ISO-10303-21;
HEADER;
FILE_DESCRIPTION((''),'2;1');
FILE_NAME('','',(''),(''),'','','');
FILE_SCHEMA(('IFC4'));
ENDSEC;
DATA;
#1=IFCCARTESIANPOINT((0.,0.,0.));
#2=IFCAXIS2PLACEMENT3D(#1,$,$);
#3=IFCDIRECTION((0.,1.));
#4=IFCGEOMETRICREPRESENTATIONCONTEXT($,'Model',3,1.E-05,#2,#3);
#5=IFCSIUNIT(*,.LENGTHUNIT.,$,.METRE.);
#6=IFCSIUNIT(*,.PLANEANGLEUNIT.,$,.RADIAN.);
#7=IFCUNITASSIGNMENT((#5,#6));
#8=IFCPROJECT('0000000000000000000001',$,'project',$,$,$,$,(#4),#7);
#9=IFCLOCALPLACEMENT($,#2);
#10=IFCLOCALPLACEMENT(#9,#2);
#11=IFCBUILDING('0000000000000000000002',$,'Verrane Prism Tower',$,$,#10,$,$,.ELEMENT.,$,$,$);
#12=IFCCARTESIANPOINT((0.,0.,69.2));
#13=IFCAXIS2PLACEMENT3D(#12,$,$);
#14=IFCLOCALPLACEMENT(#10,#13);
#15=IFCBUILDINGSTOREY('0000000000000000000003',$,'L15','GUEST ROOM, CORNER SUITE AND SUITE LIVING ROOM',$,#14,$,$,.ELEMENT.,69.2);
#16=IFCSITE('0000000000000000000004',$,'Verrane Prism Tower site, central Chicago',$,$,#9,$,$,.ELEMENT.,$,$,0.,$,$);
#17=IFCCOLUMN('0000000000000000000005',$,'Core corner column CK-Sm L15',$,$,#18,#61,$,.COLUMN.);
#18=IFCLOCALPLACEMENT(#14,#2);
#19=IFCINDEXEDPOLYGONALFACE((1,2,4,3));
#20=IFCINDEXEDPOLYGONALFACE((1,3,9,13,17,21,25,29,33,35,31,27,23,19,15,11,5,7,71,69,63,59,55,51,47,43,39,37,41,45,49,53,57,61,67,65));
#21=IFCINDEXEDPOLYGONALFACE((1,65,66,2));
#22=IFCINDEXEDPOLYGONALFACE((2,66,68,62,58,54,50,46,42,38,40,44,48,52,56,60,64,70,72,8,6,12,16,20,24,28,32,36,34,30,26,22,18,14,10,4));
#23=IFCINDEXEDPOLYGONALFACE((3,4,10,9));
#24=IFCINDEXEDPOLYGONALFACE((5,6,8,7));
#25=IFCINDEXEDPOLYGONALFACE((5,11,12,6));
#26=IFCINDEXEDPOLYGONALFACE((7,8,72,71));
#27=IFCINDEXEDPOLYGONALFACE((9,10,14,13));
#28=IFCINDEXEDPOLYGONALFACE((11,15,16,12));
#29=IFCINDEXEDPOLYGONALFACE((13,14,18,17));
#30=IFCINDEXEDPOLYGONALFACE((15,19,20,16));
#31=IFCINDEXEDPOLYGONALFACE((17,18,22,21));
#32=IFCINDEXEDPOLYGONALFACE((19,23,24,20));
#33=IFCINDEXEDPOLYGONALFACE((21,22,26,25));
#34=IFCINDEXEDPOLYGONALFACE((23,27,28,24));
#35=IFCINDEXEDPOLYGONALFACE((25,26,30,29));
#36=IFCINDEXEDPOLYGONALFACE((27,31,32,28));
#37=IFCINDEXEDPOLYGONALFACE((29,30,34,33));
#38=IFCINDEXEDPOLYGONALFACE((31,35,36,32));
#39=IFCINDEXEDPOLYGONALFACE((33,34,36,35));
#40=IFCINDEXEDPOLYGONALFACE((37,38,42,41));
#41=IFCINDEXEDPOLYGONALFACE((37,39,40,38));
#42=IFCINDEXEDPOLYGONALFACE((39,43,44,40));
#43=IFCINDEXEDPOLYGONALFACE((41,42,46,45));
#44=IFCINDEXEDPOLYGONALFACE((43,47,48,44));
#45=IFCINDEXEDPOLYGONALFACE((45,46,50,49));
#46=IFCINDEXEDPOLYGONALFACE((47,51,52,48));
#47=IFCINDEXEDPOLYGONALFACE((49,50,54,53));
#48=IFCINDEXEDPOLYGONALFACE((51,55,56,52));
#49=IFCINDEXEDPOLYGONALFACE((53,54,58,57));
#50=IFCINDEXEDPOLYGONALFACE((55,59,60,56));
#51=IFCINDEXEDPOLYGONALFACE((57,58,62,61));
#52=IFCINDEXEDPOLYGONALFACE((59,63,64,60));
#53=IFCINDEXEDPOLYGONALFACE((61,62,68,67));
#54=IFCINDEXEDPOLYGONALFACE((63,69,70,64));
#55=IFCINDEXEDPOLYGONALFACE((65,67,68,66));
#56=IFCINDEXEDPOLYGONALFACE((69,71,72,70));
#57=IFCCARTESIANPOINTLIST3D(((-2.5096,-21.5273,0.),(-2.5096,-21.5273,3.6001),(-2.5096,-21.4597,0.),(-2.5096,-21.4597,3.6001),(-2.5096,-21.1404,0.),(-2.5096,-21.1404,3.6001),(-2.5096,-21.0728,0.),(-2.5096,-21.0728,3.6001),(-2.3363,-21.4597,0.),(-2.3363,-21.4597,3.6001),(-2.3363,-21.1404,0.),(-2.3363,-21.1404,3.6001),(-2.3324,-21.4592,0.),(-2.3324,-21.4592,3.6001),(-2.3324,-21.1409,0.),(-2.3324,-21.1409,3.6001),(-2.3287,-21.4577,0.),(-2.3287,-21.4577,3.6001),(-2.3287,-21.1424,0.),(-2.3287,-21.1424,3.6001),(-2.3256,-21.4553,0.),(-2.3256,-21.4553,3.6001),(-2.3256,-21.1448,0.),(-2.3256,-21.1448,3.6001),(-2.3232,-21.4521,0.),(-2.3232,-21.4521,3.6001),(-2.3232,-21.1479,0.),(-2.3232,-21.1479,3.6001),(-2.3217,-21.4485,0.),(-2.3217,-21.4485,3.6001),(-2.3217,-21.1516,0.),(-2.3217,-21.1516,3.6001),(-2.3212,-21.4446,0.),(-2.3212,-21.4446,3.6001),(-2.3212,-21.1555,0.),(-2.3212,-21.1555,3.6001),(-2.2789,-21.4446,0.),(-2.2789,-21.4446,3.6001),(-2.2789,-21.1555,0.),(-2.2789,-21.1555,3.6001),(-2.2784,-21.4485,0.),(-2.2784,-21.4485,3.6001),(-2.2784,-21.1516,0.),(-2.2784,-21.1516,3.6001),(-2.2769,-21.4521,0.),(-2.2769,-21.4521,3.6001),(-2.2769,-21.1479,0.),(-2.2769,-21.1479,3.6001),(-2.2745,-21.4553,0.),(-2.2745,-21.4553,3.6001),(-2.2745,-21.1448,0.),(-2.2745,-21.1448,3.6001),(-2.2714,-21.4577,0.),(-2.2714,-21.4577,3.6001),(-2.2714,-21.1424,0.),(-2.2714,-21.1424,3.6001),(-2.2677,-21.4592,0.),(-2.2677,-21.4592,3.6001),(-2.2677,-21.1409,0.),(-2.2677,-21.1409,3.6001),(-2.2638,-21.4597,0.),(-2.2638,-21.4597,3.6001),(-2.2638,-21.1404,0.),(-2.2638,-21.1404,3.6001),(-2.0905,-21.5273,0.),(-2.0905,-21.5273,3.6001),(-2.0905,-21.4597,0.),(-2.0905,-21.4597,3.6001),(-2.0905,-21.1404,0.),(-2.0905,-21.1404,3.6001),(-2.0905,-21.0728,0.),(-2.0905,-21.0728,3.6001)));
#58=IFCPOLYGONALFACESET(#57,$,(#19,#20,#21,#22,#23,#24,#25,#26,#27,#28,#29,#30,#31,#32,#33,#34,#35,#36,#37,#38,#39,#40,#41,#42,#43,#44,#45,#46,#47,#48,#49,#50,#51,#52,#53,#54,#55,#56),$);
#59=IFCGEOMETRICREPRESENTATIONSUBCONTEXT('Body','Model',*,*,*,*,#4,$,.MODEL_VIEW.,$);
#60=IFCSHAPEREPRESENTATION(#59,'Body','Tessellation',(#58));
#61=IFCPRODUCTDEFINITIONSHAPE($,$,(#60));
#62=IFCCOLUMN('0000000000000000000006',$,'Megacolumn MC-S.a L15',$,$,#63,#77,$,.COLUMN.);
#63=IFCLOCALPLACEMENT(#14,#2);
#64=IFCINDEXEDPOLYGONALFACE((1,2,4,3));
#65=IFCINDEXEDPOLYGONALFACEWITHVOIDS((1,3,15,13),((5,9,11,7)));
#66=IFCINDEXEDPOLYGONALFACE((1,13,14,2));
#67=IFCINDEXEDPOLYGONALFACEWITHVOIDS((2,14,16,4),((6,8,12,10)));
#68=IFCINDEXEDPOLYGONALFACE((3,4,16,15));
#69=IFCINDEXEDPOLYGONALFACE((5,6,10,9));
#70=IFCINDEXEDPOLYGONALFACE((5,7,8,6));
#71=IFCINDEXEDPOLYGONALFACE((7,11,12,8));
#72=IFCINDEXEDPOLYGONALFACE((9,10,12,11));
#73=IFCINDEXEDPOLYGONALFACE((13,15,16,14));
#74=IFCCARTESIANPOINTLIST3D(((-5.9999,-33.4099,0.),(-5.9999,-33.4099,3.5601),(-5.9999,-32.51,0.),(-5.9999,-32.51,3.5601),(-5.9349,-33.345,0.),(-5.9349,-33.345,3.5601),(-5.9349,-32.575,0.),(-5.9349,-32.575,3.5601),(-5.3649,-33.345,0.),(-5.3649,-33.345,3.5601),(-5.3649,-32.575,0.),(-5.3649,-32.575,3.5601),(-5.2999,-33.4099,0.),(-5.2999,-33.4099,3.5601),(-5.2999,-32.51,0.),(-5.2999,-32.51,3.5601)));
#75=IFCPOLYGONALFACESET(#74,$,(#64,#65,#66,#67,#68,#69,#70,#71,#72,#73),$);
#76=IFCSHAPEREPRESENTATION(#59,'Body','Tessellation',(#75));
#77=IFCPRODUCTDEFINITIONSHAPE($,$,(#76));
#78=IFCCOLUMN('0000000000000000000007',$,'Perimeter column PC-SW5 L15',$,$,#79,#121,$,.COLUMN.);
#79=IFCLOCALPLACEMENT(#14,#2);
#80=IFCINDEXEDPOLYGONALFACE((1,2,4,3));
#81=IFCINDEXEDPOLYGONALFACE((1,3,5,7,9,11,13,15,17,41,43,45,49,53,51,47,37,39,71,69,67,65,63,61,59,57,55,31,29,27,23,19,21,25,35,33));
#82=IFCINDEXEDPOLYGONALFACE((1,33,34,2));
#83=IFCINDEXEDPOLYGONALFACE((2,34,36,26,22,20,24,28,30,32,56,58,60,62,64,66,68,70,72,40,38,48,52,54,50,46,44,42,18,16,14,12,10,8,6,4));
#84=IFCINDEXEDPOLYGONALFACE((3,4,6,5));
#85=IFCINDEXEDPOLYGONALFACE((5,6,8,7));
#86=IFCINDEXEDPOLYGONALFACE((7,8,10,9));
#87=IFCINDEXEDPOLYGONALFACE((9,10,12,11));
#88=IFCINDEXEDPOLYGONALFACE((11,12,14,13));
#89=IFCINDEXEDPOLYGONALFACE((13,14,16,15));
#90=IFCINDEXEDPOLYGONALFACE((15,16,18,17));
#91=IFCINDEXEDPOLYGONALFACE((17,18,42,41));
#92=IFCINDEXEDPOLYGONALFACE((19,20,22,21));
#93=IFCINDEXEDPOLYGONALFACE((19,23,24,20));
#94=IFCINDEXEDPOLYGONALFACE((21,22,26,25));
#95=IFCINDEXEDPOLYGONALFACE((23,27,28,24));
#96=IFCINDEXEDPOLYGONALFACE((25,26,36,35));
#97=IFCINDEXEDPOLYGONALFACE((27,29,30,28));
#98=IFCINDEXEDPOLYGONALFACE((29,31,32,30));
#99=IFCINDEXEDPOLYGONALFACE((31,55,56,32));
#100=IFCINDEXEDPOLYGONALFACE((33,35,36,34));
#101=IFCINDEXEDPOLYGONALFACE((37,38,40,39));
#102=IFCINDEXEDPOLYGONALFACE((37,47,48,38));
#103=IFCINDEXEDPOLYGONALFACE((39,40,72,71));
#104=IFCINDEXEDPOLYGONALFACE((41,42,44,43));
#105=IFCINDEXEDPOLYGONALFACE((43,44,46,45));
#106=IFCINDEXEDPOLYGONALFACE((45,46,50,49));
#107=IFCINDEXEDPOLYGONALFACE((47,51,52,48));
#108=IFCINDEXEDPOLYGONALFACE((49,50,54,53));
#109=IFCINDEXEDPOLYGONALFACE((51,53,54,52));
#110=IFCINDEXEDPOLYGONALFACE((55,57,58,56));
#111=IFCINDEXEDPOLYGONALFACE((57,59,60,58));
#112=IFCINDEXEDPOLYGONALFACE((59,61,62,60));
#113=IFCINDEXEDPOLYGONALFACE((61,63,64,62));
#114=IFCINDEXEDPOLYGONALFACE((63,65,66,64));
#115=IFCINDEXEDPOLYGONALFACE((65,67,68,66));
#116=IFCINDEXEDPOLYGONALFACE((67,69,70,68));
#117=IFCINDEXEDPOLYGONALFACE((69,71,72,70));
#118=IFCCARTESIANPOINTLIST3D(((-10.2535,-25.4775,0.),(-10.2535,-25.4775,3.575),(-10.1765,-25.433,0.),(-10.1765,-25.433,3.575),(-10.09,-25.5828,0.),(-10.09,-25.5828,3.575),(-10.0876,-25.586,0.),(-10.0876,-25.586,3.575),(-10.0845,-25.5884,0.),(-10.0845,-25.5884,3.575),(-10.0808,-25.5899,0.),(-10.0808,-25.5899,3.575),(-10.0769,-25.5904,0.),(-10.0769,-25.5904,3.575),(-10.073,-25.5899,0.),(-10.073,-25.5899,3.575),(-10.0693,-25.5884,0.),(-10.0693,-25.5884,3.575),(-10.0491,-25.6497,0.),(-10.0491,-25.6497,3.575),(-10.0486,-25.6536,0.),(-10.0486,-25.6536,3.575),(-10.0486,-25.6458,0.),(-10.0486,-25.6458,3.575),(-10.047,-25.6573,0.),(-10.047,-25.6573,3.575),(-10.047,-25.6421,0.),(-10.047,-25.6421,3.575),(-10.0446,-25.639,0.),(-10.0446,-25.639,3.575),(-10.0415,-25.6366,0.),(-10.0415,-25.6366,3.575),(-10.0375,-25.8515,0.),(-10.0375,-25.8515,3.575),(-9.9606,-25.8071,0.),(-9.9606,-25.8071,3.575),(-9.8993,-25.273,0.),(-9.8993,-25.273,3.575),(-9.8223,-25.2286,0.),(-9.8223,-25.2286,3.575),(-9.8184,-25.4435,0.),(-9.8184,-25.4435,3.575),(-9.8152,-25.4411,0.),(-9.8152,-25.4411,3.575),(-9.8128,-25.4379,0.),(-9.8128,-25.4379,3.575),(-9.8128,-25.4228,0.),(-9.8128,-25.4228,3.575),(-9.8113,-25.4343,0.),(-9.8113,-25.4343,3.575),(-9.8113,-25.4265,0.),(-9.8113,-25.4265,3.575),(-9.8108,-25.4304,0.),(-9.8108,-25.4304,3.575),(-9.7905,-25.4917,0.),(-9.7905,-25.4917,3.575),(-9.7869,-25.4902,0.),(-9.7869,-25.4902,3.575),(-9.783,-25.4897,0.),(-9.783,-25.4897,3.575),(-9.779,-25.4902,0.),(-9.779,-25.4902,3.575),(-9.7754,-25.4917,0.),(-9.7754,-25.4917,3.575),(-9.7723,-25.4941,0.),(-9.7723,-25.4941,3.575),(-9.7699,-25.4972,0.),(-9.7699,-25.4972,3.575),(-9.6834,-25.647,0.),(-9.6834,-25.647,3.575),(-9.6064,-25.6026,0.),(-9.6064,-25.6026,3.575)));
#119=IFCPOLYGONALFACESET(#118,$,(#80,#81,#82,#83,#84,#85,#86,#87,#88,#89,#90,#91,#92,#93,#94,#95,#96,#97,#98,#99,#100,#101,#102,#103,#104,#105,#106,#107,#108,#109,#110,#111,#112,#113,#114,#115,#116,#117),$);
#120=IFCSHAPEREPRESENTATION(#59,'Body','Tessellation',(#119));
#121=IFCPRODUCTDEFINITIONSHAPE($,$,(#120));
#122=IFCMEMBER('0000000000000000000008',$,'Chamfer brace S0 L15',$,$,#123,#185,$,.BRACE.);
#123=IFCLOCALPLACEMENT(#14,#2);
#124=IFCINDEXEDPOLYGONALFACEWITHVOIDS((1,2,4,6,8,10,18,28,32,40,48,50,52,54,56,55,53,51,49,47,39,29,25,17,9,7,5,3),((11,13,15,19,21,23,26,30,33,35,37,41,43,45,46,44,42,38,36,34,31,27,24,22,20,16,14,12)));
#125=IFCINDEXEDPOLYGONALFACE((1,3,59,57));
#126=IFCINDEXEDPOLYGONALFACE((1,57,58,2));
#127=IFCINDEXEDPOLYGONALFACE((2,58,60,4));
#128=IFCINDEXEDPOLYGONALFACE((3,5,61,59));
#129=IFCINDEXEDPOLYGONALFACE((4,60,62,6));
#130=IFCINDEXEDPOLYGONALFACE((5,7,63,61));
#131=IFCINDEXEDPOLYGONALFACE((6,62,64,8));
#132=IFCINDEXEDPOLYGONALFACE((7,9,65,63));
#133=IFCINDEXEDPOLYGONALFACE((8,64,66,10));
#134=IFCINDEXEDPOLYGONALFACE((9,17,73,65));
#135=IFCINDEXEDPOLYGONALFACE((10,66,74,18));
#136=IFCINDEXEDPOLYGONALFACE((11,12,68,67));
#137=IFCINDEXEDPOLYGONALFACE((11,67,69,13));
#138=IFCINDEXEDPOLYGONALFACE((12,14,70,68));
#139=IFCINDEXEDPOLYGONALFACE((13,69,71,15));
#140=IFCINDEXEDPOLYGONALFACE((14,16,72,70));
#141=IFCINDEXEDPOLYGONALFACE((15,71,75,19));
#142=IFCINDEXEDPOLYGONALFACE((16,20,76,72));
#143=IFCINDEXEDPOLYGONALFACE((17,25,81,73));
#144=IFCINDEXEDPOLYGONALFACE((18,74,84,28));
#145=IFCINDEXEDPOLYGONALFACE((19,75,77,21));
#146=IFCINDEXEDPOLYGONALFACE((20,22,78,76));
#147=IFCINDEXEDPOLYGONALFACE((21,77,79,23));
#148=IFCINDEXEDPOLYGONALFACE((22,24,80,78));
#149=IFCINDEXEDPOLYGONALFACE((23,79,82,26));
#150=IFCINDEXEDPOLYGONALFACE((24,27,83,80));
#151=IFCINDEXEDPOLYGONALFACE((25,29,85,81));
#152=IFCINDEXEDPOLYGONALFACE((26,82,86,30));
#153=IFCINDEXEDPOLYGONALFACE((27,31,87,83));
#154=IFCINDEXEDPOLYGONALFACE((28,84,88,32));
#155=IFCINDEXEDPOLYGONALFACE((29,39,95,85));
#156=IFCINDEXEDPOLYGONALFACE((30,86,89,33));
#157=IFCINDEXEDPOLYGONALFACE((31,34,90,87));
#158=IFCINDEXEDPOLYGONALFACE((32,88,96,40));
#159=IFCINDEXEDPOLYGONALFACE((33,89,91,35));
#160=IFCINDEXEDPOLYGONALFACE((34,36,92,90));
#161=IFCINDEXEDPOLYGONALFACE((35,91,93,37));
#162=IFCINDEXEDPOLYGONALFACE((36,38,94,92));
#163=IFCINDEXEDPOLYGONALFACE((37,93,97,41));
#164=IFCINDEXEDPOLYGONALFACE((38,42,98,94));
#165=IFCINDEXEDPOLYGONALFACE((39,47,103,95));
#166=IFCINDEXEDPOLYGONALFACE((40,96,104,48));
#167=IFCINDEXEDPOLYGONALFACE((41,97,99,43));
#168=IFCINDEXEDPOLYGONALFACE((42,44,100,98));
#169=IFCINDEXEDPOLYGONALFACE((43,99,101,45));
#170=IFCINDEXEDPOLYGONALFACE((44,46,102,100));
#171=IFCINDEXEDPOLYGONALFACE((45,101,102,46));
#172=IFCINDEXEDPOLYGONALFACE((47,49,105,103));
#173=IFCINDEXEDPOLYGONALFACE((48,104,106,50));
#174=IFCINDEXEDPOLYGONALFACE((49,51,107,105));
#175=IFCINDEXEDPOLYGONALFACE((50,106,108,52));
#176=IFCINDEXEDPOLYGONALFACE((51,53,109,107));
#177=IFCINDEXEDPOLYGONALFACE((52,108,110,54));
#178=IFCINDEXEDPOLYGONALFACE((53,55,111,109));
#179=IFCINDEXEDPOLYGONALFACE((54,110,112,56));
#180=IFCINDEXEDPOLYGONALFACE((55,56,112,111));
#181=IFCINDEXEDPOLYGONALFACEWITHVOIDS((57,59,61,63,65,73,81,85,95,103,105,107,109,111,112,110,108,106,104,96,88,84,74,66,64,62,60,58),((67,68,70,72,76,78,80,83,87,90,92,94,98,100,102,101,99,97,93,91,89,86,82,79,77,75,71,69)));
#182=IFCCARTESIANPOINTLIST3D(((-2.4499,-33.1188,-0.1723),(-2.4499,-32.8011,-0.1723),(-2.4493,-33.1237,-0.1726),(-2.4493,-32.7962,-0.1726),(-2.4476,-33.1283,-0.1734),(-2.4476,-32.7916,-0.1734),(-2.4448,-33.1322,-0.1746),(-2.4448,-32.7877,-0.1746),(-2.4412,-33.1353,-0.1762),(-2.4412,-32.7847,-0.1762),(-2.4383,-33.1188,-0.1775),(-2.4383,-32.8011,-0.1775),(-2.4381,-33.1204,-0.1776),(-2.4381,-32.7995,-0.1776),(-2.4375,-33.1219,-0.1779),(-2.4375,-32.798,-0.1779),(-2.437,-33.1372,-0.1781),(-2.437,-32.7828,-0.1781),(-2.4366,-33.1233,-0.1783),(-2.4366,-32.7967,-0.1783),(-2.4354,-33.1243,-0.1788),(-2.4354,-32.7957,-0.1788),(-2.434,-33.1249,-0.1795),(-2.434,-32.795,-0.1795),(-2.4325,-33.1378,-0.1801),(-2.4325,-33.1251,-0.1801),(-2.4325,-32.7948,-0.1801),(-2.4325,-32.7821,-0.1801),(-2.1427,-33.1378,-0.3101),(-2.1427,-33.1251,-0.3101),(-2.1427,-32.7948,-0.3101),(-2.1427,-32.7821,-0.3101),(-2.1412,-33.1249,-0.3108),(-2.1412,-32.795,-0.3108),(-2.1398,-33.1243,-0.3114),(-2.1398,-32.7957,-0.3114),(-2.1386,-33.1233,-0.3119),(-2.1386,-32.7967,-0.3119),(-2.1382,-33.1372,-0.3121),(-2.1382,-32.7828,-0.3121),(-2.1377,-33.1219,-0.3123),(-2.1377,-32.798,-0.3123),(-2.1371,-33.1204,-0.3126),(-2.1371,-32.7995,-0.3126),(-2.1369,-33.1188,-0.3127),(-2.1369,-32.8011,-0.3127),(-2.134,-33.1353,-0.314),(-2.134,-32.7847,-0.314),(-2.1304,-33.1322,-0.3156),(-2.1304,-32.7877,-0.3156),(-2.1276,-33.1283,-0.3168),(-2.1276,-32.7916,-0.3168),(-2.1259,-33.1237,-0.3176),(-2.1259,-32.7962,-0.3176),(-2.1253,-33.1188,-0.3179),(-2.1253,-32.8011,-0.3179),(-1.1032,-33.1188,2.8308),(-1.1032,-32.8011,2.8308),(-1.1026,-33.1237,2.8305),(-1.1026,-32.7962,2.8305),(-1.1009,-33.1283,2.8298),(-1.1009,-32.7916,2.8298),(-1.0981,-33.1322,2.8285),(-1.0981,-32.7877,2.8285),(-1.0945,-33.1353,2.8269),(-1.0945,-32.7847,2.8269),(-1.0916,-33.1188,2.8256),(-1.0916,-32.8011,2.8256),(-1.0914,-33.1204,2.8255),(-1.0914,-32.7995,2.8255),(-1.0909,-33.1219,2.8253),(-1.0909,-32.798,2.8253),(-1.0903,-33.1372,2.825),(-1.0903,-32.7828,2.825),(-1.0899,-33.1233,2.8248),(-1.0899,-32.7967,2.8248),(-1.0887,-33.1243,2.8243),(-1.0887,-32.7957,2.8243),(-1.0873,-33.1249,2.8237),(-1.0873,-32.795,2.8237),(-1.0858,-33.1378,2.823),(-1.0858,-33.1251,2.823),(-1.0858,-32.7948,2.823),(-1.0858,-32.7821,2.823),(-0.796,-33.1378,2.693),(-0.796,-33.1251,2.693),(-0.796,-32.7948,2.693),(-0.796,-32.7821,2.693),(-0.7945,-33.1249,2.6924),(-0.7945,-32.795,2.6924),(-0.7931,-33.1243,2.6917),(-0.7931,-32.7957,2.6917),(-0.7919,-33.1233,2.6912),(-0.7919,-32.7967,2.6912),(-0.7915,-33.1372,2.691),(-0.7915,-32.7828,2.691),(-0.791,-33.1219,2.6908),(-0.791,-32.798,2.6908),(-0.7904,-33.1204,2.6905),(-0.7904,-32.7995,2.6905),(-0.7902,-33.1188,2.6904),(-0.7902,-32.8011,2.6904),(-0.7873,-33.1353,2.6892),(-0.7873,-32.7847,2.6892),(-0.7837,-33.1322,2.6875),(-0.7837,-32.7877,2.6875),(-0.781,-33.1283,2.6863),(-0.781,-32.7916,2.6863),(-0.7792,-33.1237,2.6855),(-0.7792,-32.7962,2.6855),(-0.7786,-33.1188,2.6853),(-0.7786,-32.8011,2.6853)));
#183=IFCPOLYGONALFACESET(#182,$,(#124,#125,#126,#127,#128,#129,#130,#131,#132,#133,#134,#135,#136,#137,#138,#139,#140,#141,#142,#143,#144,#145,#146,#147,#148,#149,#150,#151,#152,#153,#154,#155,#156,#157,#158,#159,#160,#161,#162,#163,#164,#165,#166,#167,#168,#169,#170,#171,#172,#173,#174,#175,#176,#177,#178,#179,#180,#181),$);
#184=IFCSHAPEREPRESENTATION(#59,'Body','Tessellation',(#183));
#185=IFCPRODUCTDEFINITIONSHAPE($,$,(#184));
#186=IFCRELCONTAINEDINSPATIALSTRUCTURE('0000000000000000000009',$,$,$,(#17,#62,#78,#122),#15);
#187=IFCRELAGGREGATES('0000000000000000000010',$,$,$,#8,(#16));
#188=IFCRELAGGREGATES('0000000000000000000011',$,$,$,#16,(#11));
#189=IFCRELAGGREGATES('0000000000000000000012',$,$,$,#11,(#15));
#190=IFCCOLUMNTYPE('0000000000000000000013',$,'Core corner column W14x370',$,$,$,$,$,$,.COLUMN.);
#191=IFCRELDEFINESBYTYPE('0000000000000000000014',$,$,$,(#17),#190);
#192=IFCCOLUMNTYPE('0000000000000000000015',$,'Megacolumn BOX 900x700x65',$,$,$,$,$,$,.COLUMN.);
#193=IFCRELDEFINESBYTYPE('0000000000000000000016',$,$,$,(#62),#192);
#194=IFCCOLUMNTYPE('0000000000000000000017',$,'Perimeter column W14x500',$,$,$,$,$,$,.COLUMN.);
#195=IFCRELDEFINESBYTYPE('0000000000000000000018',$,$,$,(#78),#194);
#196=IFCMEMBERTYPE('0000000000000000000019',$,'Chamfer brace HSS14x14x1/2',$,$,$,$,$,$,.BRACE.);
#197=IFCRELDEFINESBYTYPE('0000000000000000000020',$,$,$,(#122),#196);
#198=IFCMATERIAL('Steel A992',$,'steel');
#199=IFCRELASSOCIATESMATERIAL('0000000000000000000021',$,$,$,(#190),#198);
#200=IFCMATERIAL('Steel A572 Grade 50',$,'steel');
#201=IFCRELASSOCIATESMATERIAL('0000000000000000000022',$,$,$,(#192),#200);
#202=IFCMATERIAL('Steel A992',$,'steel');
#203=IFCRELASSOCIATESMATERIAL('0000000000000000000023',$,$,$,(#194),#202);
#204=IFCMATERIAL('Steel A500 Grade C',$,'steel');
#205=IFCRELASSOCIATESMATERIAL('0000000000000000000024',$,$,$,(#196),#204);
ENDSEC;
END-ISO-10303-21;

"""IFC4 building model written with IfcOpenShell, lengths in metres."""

from ifc_helpers import new_model, si_unit, direction, frame, origin, origin_2d, place, context, subcontext, project, spatial, hollow_rectangle, i_section, extrude, material, material_profile, profile_set, type_object, element, save


model = new_model("IFC4")

# Units and contexts
model_context = context("Model", 3, precision=1e-05, world=origin(), true_north=direction((0.0, 1.0)))
body_context = subcontext(model_context, "Body", "Model", "MODEL_VIEW")
ifc_project = project(units=[si_unit("LENGTHUNIT", "METRE"), si_unit("PLANEANGLEUNIT", "RADIAN")], contexts=[model_context])

# Site, building, storey
site_placement = place(None, origin())
site = spatial("IfcSite", under=ifc_project, at=site_placement, Name="Verrane Prism Tower site, central Chicago", CompositionType="ELEMENT", RefElevation=0.0)
building_placement = place(site_placement, origin())
building = spatial("IfcBuilding", under=site, at=building_placement, Name="Verrane Prism Tower", CompositionType="ELEMENT")
storey_placement = place(building_placement, frame((0.0, 0.0, 69.2)))
storey = spatial("IfcBuildingStorey", under=building, at=storey_placement, Name="L15", Description="GUEST ROOM, CORNER SUITE AND SUITE LIVING ROOM", CompositionType="ELEMENT", Elevation=69.2)

# Columns
ifc_material_1 = material(Name="Steel A992", Category="steel")
ifc_material_profile_1 = material_profile(ifc_material_1, i_section(OverallWidth=0.4192, OverallDepth=0.4546, WebThickness=0.0422, FlangeThickness=0.0676, FilletRadius=0.0151, at=origin_2d()), Name="W14x370")
ifc_profile_set_1 = profile_set([ifc_material_profile_1], Name="Steel A992")
column_type_1 = type_object("IfcColumnType", Name="Core corner column W14x370", PredefinedType="COLUMN", material=ifc_profile_set_1)
column_1_placement = place(storey_placement, frame((-2.3, -21.3, 0.0), z_axis=(0.0, 0.0, 1.0), x_axis=(-1.0, 0.0, 0.0)))
element("IfcColumn", 1, at=column_1_placement, inside=storey, type_object=column_type_1, Name="Core corner column CK-Sm L15", PredefinedType="COLUMN", context=body_context, shape_type="SweptSolid", body=[
    extrude(i_section(OverallWidth=0.4192, OverallDepth=0.4546, WebThickness=0.0422, FlangeThickness=0.0676, FilletRadius=0.0151, at=origin_2d()), origin(), (0.0, 0.0, 1.0), 3.6001),
])
ifc_material_2 = material(Name="Steel A572 Grade 50", Category="steel")
ifc_material_profile_2 = material_profile(ifc_material_2, hollow_rectangle(XDim=0.7, YDim=0.8999, WallThickness=0.0649, at=origin_2d()), Name="BOX 900x700x65")
ifc_profile_set_2 = profile_set([ifc_material_profile_2], Name="Steel A572 Grade 50")
column_type_2 = type_object("IfcColumnType", Name="Megacolumn BOX 900x700x65", PredefinedType="COLUMN", material=ifc_profile_set_2)
column_2_placement = place(storey_placement, frame((-5.6499, -32.96, 0.0), z_axis=(0.0, 0.0, 1.0), x_axis=(-1.0, 0.0, 0.0)))
element("IfcColumn", 2, at=column_2_placement, inside=storey, type_object=column_type_2, Name="Megacolumn MC-S.a L15", PredefinedType="COLUMN", context=body_context, shape_type="SweptSolid", body=[
    extrude(hollow_rectangle(XDim=0.7, YDim=0.8999, WallThickness=0.0649, at=origin_2d()), origin(), (0.0, 0.0, 1.0), 3.5601),
])
ifc_material_3 = material(Name="Steel A992", Category="steel")
ifc_material_profile_3 = material_profile(ifc_material_3, i_section(OverallWidth=0.4319, OverallDepth=0.4978, WebThickness=0.0557, FlangeThickness=0.0889, FilletRadius=0.0151, at=origin_2d()), Name="W14x500")
ifc_profile_set_3 = profile_set([ifc_material_profile_3], Name="Steel A992")
column_type_3 = type_object("IfcColumnType", Name="Perimeter column W14x500", PredefinedType="COLUMN", material=ifc_profile_set_3)
column_3_placement = place(storey_placement, frame((-9.9299, -25.54, 0.0), z_axis=(0.0, 0.0, 1.0), x_axis=(-0.5, 0.866025, 0.0)))
element("IfcColumn", 3, at=column_3_placement, inside=storey, type_object=column_type_3, Name="Perimeter column PC-SW5 L15", PredefinedType="COLUMN", context=body_context, shape_type="SweptSolid", body=[
    extrude(i_section(OverallWidth=0.4319, OverallDepth=0.4978, WebThickness=0.0557, FlangeThickness=0.0889, FilletRadius=0.0151, at=origin_2d()), origin(), (0.0, 0.0, 1.0), 3.575),
])

# Member
ifc_material_4 = material(Name="Steel A500 Grade C", Category="steel")
ifc_material_profile_4 = material_profile(ifc_material_4, hollow_rectangle(XDim=0.3557, YDim=0.3557, WallThickness=0.0127, InnerFilletRadius=0.0063, OuterFilletRadius=0.019, at=origin_2d()), Name="HSS14x14x1/2")
ifc_profile_set_4 = profile_set([ifc_material_profile_4], Name="Steel A500 Grade C")
member_type_1 = type_object("IfcMemberType", Name="Chamfer brace HSS14x14x1/2", PredefinedType="BRACE", material=ifc_profile_set_4)
member_1_placement = place(storey_placement, frame((-2.2876, -32.96, -0.2451), z_axis=(0.409165, 0.0, 0.912461), x_axis=(0.0, 1.0, 0.0)))
element("IfcMember", 4, at=member_1_placement, inside=storey, type_object=member_type_1, Name="Chamfer brace S0 L15", PredefinedType="BRACE", context=body_context, shape_type="SweptSolid", body=[
    extrude(hollow_rectangle(XDim=0.3557, YDim=0.3557, WallThickness=0.0127, InnerFilletRadius=0.0063, OuterFilletRadius=0.019, at=origin_2d()), origin(), (0.0, 0.0, 1.0), 3.2913),
])

save(model, "model.ifc")
